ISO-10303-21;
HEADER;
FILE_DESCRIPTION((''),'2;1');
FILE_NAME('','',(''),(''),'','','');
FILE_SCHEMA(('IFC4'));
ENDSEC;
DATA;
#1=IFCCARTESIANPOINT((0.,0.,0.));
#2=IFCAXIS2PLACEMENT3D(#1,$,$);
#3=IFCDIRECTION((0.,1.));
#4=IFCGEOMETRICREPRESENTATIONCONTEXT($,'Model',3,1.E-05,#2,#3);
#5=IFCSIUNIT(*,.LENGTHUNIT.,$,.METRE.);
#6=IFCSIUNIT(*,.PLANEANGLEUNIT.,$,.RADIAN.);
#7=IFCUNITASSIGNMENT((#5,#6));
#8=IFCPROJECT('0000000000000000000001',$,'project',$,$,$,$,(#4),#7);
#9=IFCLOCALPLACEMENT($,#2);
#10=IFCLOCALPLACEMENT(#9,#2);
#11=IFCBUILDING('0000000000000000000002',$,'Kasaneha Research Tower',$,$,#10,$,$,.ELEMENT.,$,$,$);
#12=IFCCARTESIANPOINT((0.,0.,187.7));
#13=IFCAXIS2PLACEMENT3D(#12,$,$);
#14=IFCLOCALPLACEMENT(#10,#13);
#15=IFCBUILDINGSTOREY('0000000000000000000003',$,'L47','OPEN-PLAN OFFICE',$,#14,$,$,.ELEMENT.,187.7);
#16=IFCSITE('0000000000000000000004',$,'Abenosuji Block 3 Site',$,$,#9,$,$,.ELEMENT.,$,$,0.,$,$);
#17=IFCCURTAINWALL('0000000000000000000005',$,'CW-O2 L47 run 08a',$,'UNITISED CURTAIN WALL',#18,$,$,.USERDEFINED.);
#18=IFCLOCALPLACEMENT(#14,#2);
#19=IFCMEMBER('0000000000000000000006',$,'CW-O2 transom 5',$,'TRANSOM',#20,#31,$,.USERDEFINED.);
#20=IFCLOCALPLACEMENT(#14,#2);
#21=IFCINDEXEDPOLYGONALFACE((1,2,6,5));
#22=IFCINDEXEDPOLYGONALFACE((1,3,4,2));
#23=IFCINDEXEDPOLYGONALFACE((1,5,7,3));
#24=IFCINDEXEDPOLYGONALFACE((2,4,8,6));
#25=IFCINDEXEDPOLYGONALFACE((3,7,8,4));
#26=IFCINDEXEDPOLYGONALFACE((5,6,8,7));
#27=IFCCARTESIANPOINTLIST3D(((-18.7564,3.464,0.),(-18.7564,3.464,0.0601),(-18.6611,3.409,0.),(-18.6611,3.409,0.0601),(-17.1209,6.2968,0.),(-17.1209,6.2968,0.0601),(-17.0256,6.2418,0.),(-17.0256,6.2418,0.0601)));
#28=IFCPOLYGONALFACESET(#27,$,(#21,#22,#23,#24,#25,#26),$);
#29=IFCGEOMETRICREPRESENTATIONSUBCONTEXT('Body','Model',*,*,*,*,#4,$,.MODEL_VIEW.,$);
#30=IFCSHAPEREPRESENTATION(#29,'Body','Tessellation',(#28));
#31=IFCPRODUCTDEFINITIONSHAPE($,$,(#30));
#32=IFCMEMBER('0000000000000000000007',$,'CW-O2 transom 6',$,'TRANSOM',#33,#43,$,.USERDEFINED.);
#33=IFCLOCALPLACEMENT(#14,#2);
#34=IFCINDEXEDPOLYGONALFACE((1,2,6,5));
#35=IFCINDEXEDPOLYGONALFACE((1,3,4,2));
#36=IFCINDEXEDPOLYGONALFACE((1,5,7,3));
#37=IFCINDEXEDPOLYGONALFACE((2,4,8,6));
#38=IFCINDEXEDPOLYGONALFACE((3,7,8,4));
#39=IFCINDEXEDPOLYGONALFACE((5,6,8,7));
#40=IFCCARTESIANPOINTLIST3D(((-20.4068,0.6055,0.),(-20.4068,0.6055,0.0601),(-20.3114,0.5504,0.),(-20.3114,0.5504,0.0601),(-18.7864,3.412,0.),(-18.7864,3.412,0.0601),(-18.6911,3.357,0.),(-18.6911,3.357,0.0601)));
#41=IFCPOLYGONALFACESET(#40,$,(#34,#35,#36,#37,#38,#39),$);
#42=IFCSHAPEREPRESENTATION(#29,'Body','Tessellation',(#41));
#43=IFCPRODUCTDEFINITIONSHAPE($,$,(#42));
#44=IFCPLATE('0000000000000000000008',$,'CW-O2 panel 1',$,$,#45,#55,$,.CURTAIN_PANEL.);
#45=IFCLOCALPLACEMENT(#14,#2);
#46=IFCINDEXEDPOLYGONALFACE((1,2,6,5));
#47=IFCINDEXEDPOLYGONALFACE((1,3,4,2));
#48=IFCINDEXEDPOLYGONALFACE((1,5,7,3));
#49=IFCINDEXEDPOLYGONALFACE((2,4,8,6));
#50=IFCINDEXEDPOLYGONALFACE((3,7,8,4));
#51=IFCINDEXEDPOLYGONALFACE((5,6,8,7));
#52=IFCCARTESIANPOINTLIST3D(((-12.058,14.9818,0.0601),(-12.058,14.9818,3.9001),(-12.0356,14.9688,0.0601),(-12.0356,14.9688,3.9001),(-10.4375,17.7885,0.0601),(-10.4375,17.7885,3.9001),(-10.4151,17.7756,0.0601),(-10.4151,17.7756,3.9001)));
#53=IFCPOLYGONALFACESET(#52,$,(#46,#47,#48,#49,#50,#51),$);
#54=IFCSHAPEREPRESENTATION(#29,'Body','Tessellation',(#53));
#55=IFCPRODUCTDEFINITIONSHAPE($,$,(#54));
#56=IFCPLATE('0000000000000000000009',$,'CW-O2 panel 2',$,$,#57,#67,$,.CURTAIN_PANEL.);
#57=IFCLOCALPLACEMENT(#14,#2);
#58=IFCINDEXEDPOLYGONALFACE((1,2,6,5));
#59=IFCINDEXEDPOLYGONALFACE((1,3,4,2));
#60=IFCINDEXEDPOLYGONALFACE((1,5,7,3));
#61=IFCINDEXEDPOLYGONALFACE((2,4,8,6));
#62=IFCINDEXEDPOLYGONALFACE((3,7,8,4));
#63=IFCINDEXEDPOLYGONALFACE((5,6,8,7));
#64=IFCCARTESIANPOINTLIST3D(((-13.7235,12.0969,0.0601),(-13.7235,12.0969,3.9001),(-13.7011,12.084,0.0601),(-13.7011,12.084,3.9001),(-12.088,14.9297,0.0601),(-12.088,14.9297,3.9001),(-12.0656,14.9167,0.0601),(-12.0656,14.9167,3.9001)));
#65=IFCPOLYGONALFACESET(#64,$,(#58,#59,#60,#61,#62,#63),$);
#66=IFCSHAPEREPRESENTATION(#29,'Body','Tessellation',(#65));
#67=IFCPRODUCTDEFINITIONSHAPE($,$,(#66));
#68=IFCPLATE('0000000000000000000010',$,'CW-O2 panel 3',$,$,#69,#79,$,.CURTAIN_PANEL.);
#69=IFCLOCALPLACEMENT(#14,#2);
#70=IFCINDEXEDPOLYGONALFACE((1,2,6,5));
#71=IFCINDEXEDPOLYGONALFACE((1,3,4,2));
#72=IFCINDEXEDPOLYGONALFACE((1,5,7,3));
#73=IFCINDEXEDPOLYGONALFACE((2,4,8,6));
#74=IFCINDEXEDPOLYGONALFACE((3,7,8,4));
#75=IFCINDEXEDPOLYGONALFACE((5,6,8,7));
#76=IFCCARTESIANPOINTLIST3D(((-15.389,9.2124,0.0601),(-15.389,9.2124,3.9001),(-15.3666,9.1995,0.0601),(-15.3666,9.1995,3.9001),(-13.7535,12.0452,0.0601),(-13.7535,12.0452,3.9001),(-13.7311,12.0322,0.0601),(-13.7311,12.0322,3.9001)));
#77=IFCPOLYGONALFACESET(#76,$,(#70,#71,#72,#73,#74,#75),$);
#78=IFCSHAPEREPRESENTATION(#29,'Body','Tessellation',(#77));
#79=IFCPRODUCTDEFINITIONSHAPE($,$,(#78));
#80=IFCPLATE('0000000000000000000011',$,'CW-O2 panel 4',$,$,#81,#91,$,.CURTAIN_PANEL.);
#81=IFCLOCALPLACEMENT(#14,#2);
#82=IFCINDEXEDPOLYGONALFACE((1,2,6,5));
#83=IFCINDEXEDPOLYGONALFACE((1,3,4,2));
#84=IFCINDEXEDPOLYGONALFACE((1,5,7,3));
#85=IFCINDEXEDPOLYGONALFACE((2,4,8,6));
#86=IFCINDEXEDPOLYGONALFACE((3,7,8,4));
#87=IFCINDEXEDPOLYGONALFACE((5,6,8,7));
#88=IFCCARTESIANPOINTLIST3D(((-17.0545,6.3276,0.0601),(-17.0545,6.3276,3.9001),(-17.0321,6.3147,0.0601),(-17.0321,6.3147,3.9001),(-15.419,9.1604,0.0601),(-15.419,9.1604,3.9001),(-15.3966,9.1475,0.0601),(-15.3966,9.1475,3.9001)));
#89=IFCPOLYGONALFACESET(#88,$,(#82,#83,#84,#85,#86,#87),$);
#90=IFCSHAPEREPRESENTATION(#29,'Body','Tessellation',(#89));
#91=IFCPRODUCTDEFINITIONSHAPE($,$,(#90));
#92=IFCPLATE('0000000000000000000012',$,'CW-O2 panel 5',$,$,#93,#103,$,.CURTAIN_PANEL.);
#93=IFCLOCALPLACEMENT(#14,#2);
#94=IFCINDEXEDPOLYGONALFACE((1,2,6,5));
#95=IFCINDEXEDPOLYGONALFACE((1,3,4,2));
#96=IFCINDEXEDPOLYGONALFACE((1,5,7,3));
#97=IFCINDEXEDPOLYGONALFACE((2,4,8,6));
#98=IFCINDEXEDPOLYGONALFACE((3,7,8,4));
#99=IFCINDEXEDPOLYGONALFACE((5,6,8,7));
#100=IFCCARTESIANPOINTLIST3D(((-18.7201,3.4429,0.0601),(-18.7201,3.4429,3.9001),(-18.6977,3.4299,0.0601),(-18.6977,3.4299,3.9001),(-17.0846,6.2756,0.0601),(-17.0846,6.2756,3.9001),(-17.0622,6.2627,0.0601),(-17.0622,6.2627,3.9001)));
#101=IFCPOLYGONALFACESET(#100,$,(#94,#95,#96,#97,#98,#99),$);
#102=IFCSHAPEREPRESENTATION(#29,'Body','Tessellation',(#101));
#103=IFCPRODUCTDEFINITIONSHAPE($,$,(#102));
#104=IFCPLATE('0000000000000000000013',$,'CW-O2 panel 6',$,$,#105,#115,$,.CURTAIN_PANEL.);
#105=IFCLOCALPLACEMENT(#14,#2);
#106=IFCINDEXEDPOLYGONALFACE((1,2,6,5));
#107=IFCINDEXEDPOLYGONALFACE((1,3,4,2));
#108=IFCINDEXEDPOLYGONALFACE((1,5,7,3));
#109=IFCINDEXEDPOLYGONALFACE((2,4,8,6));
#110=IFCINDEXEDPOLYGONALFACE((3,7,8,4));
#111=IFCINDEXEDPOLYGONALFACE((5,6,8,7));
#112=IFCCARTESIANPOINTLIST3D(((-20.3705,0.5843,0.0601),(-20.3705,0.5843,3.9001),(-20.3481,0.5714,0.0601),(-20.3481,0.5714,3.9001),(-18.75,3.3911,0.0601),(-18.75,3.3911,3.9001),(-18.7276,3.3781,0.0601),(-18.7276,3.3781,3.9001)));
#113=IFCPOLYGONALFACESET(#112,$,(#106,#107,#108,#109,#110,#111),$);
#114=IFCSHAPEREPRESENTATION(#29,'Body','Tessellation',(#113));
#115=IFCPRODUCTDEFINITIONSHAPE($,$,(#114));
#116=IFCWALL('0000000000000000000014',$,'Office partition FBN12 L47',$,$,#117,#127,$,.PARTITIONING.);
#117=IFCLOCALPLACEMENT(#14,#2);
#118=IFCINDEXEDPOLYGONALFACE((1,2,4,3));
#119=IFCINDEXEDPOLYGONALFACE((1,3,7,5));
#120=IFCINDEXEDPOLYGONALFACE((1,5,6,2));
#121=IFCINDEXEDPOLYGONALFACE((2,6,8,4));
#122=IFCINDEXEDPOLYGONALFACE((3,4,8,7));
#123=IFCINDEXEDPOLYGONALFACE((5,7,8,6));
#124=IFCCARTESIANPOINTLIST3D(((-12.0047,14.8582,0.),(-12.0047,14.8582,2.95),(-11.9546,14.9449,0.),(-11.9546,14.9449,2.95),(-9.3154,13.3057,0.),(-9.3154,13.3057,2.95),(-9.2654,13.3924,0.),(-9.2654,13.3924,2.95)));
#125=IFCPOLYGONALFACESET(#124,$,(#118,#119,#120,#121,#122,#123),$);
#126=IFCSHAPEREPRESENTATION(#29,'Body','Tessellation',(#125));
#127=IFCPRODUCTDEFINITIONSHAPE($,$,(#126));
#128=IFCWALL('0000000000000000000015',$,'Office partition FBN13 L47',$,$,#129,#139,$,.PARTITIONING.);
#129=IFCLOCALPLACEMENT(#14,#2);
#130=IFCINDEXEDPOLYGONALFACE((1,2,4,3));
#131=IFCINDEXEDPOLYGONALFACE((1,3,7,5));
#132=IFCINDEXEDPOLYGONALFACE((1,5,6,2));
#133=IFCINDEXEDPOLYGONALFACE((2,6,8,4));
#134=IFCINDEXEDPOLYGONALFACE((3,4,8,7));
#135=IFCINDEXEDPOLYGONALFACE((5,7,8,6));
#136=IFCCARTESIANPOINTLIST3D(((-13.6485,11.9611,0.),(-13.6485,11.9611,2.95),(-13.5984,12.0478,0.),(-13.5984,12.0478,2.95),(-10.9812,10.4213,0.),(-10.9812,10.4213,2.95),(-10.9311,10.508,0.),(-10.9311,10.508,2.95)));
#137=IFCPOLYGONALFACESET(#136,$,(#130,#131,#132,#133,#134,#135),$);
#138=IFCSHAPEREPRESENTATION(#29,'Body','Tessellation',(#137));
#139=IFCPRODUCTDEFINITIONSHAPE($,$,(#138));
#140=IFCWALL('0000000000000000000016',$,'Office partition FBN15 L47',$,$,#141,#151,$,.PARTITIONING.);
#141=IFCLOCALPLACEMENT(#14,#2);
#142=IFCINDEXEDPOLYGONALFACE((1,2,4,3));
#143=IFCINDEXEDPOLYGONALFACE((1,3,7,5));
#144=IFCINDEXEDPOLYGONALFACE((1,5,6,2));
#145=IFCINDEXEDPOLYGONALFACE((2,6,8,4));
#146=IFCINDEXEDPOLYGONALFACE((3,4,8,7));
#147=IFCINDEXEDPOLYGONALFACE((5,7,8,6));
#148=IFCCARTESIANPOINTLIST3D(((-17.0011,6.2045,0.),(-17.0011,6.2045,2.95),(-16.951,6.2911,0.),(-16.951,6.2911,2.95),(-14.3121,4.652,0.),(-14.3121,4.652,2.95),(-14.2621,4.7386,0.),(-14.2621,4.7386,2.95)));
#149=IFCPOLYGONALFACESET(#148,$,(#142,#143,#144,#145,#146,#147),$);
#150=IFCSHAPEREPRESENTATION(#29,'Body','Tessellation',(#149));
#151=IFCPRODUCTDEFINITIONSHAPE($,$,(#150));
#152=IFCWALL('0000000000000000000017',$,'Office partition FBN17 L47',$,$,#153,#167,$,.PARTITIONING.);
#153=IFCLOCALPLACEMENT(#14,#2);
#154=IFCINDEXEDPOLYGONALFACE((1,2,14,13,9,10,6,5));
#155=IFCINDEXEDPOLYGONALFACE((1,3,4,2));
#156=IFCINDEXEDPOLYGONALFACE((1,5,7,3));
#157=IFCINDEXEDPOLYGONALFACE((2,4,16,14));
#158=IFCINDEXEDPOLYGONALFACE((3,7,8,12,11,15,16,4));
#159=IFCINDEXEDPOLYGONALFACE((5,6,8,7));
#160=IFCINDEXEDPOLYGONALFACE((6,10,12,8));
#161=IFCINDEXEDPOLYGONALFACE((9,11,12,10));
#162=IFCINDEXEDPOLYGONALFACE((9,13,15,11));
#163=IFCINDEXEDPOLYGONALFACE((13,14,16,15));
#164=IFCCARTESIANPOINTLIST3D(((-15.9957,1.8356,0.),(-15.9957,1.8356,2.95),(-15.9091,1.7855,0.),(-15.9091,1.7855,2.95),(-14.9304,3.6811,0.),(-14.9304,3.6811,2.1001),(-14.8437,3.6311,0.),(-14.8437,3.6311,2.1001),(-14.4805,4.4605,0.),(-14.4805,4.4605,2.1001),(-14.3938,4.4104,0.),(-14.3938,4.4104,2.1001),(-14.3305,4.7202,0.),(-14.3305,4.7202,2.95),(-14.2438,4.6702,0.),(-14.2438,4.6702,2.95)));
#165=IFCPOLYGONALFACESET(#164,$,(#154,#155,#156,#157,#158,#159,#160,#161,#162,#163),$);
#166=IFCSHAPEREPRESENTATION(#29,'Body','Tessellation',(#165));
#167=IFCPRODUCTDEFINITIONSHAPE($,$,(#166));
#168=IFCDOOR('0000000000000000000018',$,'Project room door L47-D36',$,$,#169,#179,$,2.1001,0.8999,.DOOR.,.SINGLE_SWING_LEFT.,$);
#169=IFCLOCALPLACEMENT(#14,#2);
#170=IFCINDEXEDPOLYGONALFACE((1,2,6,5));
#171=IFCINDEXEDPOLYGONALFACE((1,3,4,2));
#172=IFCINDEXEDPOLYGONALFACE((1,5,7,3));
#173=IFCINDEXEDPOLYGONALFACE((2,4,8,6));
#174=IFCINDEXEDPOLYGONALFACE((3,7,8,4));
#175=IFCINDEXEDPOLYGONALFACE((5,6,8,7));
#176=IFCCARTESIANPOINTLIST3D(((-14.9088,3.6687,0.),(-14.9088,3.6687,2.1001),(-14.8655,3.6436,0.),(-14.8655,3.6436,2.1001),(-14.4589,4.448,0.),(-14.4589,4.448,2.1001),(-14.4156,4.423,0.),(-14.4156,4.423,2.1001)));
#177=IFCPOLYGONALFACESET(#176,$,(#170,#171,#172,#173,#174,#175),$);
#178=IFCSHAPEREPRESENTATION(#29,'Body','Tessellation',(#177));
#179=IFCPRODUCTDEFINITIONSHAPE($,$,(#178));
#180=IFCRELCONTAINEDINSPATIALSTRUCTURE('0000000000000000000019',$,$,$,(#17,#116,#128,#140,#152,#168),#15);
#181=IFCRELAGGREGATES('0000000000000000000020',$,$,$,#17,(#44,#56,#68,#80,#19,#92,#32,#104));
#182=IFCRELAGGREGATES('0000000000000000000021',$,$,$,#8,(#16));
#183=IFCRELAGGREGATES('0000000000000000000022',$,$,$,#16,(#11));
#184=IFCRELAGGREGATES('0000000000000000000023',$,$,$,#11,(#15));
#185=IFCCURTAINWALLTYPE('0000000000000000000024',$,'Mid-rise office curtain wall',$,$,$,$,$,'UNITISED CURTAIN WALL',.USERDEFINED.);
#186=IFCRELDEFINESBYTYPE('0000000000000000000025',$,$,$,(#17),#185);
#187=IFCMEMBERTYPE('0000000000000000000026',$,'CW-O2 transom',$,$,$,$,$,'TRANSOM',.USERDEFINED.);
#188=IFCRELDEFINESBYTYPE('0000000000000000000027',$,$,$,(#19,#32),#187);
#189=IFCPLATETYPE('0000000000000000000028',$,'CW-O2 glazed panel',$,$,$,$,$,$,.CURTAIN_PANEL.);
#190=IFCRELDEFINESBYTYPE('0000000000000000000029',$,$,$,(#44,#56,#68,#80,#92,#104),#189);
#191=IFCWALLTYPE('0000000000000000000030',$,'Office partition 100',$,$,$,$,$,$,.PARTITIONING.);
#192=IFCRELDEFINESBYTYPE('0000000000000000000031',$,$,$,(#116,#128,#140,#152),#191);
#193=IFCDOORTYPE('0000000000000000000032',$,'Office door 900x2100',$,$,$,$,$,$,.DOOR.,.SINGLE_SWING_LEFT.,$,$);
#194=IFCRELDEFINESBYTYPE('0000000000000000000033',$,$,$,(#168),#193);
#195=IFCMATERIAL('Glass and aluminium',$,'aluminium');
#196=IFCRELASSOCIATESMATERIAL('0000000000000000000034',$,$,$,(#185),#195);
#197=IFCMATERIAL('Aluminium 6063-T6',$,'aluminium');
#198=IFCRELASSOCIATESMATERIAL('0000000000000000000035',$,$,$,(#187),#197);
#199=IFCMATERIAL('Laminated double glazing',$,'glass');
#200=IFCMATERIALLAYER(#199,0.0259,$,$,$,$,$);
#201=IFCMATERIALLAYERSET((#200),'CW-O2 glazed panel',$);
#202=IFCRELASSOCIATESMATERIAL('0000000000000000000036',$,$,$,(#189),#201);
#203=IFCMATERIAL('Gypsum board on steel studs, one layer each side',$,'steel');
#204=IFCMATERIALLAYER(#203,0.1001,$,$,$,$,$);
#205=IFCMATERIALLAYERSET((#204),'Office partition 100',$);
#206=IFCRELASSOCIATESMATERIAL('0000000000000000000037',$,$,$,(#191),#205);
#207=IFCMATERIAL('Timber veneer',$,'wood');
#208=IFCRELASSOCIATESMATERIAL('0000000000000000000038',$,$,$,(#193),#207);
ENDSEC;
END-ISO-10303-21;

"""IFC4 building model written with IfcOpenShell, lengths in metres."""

from ifc_helpers import new_model, si_unit, direction, frame, frame_2d, origin, origin_2d, place, context, subcontext, project, spatial, rectangle, extrude, material, layer, layer_set, material_profile, profile_set, type_object, element, fill, aggregate, save


model = new_model("IFC4")

# Units and contexts
model_context = context("Model", 3, precision=1e-05, world=origin(), true_north=direction((0.0, 1.0)))
body_context = subcontext(model_context, "Body", "Model", "MODEL_VIEW")
ifc_project = project(units=[si_unit("LENGTHUNIT", "METRE"), si_unit("PLANEANGLEUNIT", "RADIAN")], contexts=[model_context])

# Site, building, storey
site_placement = place(None, origin())
site = spatial("IfcSite", under=ifc_project, at=site_placement, Name="Abenosuji Block 3 Site", CompositionType="ELEMENT", RefElevation=0.0)
building_placement = place(site_placement, origin())
building = spatial("IfcBuilding", under=site, at=building_placement, Name="Kasaneha Research Tower", CompositionType="ELEMENT")
storey_placement = place(building_placement, frame((0.0, 0.0, 187.7)))
storey = spatial("IfcBuildingStorey", under=building, at=storey_placement, Name="L47", Description="OPEN-PLAN OFFICE", CompositionType="ELEMENT", Elevation=187.7)

# Shared definitions
ifc_material_1 = material(Name="Glass and aluminium", Category="aluminium")
curtain_wall_type = type_object("IfcCurtainWallType", Name="Mid-rise office curtain wall", ElementType="UNITISED CURTAIN WALL", PredefinedType="USERDEFINED", material=ifc_material_1)

# Curtain wall, members, plates
curtain_wall_1_placement = place(storey_placement, origin())
curtain_wall_1 = element("IfcCurtainWall", 1, at=curtain_wall_1_placement, inside=storey, type_object=curtain_wall_type, Name="CW-O2 L47 run 08a", ObjectType="UNITISED CURTAIN WALL", PredefinedType="USERDEFINED")
ifc_material_2 = material(Name="Aluminium 6063-T6", Category="aluminium")
ifc_material_profile_1 = material_profile(ifc_material_2, rectangle(XDim=0.1101, YDim=0.0601, at=origin_2d()), Name="CW-O2 transom 110x60")
ifc_profile_set_1 = profile_set([ifc_material_profile_1], Name="Aluminium 6063-T6")
member_type_1 = type_object("IfcMemberType", Name="CW-O2 transom", ElementType="TRANSOM", PredefinedType="USERDEFINED", material=ifc_profile_set_1)
member_1_placement = place(storey_placement, frame((-17.0732, 6.2693, 0.03), z_axis=(-0.5, -0.866025, 0.0), x_axis=(0.866025, -0.5, 0.0)))
member_1 = element("IfcMember", 2, at=member_1_placement, type_object=member_type_1, Name="CW-O2 transom 5", ObjectType="TRANSOM", PredefinedType="USERDEFINED", context=body_context, shape_type="SweptSolid", body=[
    extrude(rectangle(XDim=0.1101, YDim=0.0601, at=origin_2d()), origin(), (0.0, 0.0, 1.0), 3.271),
])
member_2_placement = place(storey_placement, frame((-18.7388, 3.3845, 0.03), z_axis=(-0.499988, -0.866033, 0.0), x_axis=(0.866033, -0.499988, 0.0)))
member_2 = element("IfcMember", 3, at=member_2_placement, type_object=member_type_1, Name="CW-O2 transom 6", ObjectType="TRANSOM", PredefinedType="USERDEFINED", context=body_context, shape_type="SweptSolid", body=[
    extrude(rectangle(XDim=0.1101, YDim=0.0601, at=origin_2d()), origin(), (0.0, 0.0, 1.0), 3.2407),
])
ifc_material_3 = material(Name="Laminated double glazing", Category="glass")
ifc_layer_1 = layer(ifc_material_3, 0.0259)
ifc_layer_set_1 = layer_set([ifc_layer_1], Name="CW-O2 glazed panel")
plate_type = type_object("IfcPlateType", Name="CW-O2 glazed panel", PredefinedType="CURTAIN_PANEL", material=ifc_layer_set_1)
plate_1_placement = place(storey_placement, frame((-11.2366, 16.3787, 0.0601), z_axis=(0.0, 0.0, 1.0), x_axis=(-0.5, -0.866025, 0.0)))
plate_1 = element("IfcPlate", 4, at=plate_1_placement, type_object=plate_type, Name="CW-O2 panel 1", PredefinedType="CURTAIN_PANEL", context=body_context, shape_type="SweptSolid", body=[
    extrude(rectangle(XDim=3.241, YDim=0.0259, at=origin_2d()), origin(), (0.0, 0.0, 1.0), 3.8401),
])
plate_2_placement = place(storey_placement, frame((-12.8945, 13.5068, 0.0601), z_axis=(0.0, 0.0, 1.0), x_axis=(-0.5, -0.866025, 0.0)))
plate_2 = element("IfcPlate", 5, at=plate_2_placement, type_object=plate_type, Name="CW-O2 panel 2", PredefinedType="CURTAIN_PANEL", context=body_context, shape_type="SweptSolid", body=[
    extrude(rectangle(XDim=3.271, YDim=0.0259, at=origin_2d()), origin(), (0.0, 0.0, 1.0), 3.8401),
])
plate_3_placement = place(storey_placement, frame((-14.5601, 10.6223, 0.0601), z_axis=(0.0, 0.0, 1.0), x_axis=(-0.5, -0.866025, 0.0)))
plate_3 = element("IfcPlate", 6, at=plate_3_placement, type_object=plate_type, Name="CW-O2 panel 3", PredefinedType="CURTAIN_PANEL", context=body_context, shape_type="SweptSolid", body=[
    extrude(rectangle(XDim=3.271, YDim=0.0259, at=origin_2d()), origin(), (0.0, 0.0, 1.0), 3.8401),
])
plate_4_placement = place(storey_placement, frame((-16.2256, 7.7375, 0.0601), z_axis=(0.0, 0.0, 1.0), x_axis=(-0.5, -0.866025, 0.0)))
plate_4 = element("IfcPlate", 7, at=plate_4_placement, type_object=plate_type, Name="CW-O2 panel 4", PredefinedType="CURTAIN_PANEL", context=body_context, shape_type="SweptSolid", body=[
    extrude(rectangle(XDim=3.271, YDim=0.0259, at=origin_2d()), origin(), (0.0, 0.0, 1.0), 3.8401),
])
plate_5_placement = place(storey_placement, frame((-17.8911, 4.8528, 0.0601), z_axis=(0.0, 0.0, 1.0), x_axis=(-0.5, -0.866025, 0.0)))
plate_5 = element("IfcPlate", 8, at=plate_5_placement, type_object=plate_type, Name="CW-O2 panel 5", PredefinedType="CURTAIN_PANEL", context=body_context, shape_type="SweptSolid", body=[
    extrude(rectangle(XDim=3.271, YDim=0.0259, at=origin_2d()), origin(), (0.0, 0.0, 1.0), 3.8401),
])
plate_6_placement = place(storey_placement, frame((-19.5491, 1.9812, 0.0601), z_axis=(0.0, 0.0, 1.0), x_axis=(-0.5, -0.866025, 0.0)))
plate_6 = element("IfcPlate", 9, at=plate_6_placement, type_object=plate_type, Name="CW-O2 panel 6", PredefinedType="CURTAIN_PANEL", context=body_context, shape_type="SweptSolid", body=[
    extrude(rectangle(XDim=3.241, YDim=0.0259, at=origin_2d()), origin(), (0.0, 0.0, 1.0), 3.8401),
])
aggregate(curtain_wall_1, [plate_1, plate_2, plate_3, plate_4, member_1, plate_5, member_2, plate_6])

# Walls
ifc_material_4 = material(Name="Gypsum board on steel studs, one layer each side", Category="steel")
ifc_layer_2 = layer(ifc_material_4, 0.1001)
ifc_layer_set_2 = layer_set([ifc_layer_2], Name="Office partition 100")
wall_type = type_object("IfcWallType", Name="Office partition 100", PredefinedType="PARTITIONING", material=ifc_layer_set_2)
wall_1_placement = place(storey_placement, frame((-11.9797, 14.9016, 0.0), z_axis=(0.0, 0.0, 1.0), x_axis=(0.866043, -0.49997, 0.0)))
element("IfcWall", 10, at=wall_1_placement, inside=storey, type_object=wall_type, Name="Office partition FBN12 L47", PredefinedType="PARTITIONING", context=body_context, shape_type="SweptSolid", body=[
    extrude(rectangle(XDim=3.1052, YDim=0.1001, at=frame_2d((1.5527, 0.0))), origin(), (0.0, 0.0, 1.0), 2.95),
])
wall_2_placement = place(storey_placement, frame((-10.9561, 10.4646, 0.0), z_axis=(0.0, 0.0, 1.0), x_axis=(-0.866044, 0.499967, 0.0)))
element("IfcWall", 11, at=wall_2_placement, inside=storey, type_object=wall_type, Name="Office partition FBN13 L47", PredefinedType="PARTITIONING", context=body_context, shape_type="SweptSolid", body=[
    extrude(rectangle(XDim=3.0798, YDim=0.1001, at=frame_2d((1.54, 0.0))), origin(), (0.0, 0.0, 1.0), 2.95),
])
wall_3_placement = place(storey_placement, frame((-16.9761, 6.2478, 0.0), z_axis=(0.0, 0.0, 1.0), x_axis=(0.866023, -0.500004, 0.0)))
element("IfcWall", 12, at=wall_3_placement, inside=storey, type_object=wall_type, Name="Office partition FBN15 L47", PredefinedType="PARTITIONING", context=body_context, shape_type="SweptSolid", body=[
    extrude(rectangle(XDim=3.105, YDim=0.1001, at=frame_2d((1.5525, 0.0))), origin(), (0.0, 0.0, 1.0), 2.95),
])

# Wall, opening, door
wall_4_placement = place(storey_placement, frame((-14.2871, 4.6953, 0.0), z_axis=(0.0, 0.0, 1.0), x_axis=(-0.499947, -0.866056, 0.0)))
wall_4 = element("IfcWall", 13, at=wall_4_placement, inside=storey, type_object=wall_type, Name="Office partition FBN17 L47", PredefinedType="PARTITIONING", context=body_context, shape_type="SweptSolid", body=[
    extrude(rectangle(XDim=3.3308, YDim=0.1001, at=frame_2d((1.6655, 0.0))), origin(), (0.0, 0.0, 1.0), 2.95),
])
opening_placement = place(wall_4_placement, frame((0.3, 0.0, 0.0)))
opening = element("IfcOpeningElement", 14, at=opening_placement, cuts=wall_4, PredefinedType="OPENING", context=body_context, shape_type="SweptSolid", body=[
    extrude(rectangle(XDim=0.8999, YDim=2.1001, at=frame_2d((0.45, 1.05))), frame((0.0, 0.0601, 0.0), z_axis=(0.0, -1.0, 0.0), x_axis=(1.0, 0.0, 0.0)), (0.0, 0.0, 1.0), 0.1201),
])
ifc_material_5 = material(Name="Timber veneer", Category="wood")
door_type = type_object("IfcDoorType", Name="Office door 900x2100", OperationType="SINGLE_SWING_LEFT", PredefinedType="DOOR", material=ifc_material_5)
door_placement = place(opening_placement, origin())
door = element("IfcDoor", 15, at=door_placement, inside=storey, type_object=door_type, Name="Project room door L47-D36", OperationType="SINGLE_SWING_LEFT", OverallHeight=2.1001, OverallWidth=0.8999, PredefinedType="DOOR", context=body_context, shape_type="SweptSolid", body=[
    extrude(rectangle(XDim=0.8999, YDim=2.1001, at=frame_2d((0.45, 1.05))), frame((0.0, 0.0249, 0.0), z_axis=(0.0, -1.0, 0.0), x_axis=(1.0, 0.0, 0.0)), (0.0, 0.0, 1.0), 0.05),
])
fill(opening, door)

save(model, "model.ifc")
